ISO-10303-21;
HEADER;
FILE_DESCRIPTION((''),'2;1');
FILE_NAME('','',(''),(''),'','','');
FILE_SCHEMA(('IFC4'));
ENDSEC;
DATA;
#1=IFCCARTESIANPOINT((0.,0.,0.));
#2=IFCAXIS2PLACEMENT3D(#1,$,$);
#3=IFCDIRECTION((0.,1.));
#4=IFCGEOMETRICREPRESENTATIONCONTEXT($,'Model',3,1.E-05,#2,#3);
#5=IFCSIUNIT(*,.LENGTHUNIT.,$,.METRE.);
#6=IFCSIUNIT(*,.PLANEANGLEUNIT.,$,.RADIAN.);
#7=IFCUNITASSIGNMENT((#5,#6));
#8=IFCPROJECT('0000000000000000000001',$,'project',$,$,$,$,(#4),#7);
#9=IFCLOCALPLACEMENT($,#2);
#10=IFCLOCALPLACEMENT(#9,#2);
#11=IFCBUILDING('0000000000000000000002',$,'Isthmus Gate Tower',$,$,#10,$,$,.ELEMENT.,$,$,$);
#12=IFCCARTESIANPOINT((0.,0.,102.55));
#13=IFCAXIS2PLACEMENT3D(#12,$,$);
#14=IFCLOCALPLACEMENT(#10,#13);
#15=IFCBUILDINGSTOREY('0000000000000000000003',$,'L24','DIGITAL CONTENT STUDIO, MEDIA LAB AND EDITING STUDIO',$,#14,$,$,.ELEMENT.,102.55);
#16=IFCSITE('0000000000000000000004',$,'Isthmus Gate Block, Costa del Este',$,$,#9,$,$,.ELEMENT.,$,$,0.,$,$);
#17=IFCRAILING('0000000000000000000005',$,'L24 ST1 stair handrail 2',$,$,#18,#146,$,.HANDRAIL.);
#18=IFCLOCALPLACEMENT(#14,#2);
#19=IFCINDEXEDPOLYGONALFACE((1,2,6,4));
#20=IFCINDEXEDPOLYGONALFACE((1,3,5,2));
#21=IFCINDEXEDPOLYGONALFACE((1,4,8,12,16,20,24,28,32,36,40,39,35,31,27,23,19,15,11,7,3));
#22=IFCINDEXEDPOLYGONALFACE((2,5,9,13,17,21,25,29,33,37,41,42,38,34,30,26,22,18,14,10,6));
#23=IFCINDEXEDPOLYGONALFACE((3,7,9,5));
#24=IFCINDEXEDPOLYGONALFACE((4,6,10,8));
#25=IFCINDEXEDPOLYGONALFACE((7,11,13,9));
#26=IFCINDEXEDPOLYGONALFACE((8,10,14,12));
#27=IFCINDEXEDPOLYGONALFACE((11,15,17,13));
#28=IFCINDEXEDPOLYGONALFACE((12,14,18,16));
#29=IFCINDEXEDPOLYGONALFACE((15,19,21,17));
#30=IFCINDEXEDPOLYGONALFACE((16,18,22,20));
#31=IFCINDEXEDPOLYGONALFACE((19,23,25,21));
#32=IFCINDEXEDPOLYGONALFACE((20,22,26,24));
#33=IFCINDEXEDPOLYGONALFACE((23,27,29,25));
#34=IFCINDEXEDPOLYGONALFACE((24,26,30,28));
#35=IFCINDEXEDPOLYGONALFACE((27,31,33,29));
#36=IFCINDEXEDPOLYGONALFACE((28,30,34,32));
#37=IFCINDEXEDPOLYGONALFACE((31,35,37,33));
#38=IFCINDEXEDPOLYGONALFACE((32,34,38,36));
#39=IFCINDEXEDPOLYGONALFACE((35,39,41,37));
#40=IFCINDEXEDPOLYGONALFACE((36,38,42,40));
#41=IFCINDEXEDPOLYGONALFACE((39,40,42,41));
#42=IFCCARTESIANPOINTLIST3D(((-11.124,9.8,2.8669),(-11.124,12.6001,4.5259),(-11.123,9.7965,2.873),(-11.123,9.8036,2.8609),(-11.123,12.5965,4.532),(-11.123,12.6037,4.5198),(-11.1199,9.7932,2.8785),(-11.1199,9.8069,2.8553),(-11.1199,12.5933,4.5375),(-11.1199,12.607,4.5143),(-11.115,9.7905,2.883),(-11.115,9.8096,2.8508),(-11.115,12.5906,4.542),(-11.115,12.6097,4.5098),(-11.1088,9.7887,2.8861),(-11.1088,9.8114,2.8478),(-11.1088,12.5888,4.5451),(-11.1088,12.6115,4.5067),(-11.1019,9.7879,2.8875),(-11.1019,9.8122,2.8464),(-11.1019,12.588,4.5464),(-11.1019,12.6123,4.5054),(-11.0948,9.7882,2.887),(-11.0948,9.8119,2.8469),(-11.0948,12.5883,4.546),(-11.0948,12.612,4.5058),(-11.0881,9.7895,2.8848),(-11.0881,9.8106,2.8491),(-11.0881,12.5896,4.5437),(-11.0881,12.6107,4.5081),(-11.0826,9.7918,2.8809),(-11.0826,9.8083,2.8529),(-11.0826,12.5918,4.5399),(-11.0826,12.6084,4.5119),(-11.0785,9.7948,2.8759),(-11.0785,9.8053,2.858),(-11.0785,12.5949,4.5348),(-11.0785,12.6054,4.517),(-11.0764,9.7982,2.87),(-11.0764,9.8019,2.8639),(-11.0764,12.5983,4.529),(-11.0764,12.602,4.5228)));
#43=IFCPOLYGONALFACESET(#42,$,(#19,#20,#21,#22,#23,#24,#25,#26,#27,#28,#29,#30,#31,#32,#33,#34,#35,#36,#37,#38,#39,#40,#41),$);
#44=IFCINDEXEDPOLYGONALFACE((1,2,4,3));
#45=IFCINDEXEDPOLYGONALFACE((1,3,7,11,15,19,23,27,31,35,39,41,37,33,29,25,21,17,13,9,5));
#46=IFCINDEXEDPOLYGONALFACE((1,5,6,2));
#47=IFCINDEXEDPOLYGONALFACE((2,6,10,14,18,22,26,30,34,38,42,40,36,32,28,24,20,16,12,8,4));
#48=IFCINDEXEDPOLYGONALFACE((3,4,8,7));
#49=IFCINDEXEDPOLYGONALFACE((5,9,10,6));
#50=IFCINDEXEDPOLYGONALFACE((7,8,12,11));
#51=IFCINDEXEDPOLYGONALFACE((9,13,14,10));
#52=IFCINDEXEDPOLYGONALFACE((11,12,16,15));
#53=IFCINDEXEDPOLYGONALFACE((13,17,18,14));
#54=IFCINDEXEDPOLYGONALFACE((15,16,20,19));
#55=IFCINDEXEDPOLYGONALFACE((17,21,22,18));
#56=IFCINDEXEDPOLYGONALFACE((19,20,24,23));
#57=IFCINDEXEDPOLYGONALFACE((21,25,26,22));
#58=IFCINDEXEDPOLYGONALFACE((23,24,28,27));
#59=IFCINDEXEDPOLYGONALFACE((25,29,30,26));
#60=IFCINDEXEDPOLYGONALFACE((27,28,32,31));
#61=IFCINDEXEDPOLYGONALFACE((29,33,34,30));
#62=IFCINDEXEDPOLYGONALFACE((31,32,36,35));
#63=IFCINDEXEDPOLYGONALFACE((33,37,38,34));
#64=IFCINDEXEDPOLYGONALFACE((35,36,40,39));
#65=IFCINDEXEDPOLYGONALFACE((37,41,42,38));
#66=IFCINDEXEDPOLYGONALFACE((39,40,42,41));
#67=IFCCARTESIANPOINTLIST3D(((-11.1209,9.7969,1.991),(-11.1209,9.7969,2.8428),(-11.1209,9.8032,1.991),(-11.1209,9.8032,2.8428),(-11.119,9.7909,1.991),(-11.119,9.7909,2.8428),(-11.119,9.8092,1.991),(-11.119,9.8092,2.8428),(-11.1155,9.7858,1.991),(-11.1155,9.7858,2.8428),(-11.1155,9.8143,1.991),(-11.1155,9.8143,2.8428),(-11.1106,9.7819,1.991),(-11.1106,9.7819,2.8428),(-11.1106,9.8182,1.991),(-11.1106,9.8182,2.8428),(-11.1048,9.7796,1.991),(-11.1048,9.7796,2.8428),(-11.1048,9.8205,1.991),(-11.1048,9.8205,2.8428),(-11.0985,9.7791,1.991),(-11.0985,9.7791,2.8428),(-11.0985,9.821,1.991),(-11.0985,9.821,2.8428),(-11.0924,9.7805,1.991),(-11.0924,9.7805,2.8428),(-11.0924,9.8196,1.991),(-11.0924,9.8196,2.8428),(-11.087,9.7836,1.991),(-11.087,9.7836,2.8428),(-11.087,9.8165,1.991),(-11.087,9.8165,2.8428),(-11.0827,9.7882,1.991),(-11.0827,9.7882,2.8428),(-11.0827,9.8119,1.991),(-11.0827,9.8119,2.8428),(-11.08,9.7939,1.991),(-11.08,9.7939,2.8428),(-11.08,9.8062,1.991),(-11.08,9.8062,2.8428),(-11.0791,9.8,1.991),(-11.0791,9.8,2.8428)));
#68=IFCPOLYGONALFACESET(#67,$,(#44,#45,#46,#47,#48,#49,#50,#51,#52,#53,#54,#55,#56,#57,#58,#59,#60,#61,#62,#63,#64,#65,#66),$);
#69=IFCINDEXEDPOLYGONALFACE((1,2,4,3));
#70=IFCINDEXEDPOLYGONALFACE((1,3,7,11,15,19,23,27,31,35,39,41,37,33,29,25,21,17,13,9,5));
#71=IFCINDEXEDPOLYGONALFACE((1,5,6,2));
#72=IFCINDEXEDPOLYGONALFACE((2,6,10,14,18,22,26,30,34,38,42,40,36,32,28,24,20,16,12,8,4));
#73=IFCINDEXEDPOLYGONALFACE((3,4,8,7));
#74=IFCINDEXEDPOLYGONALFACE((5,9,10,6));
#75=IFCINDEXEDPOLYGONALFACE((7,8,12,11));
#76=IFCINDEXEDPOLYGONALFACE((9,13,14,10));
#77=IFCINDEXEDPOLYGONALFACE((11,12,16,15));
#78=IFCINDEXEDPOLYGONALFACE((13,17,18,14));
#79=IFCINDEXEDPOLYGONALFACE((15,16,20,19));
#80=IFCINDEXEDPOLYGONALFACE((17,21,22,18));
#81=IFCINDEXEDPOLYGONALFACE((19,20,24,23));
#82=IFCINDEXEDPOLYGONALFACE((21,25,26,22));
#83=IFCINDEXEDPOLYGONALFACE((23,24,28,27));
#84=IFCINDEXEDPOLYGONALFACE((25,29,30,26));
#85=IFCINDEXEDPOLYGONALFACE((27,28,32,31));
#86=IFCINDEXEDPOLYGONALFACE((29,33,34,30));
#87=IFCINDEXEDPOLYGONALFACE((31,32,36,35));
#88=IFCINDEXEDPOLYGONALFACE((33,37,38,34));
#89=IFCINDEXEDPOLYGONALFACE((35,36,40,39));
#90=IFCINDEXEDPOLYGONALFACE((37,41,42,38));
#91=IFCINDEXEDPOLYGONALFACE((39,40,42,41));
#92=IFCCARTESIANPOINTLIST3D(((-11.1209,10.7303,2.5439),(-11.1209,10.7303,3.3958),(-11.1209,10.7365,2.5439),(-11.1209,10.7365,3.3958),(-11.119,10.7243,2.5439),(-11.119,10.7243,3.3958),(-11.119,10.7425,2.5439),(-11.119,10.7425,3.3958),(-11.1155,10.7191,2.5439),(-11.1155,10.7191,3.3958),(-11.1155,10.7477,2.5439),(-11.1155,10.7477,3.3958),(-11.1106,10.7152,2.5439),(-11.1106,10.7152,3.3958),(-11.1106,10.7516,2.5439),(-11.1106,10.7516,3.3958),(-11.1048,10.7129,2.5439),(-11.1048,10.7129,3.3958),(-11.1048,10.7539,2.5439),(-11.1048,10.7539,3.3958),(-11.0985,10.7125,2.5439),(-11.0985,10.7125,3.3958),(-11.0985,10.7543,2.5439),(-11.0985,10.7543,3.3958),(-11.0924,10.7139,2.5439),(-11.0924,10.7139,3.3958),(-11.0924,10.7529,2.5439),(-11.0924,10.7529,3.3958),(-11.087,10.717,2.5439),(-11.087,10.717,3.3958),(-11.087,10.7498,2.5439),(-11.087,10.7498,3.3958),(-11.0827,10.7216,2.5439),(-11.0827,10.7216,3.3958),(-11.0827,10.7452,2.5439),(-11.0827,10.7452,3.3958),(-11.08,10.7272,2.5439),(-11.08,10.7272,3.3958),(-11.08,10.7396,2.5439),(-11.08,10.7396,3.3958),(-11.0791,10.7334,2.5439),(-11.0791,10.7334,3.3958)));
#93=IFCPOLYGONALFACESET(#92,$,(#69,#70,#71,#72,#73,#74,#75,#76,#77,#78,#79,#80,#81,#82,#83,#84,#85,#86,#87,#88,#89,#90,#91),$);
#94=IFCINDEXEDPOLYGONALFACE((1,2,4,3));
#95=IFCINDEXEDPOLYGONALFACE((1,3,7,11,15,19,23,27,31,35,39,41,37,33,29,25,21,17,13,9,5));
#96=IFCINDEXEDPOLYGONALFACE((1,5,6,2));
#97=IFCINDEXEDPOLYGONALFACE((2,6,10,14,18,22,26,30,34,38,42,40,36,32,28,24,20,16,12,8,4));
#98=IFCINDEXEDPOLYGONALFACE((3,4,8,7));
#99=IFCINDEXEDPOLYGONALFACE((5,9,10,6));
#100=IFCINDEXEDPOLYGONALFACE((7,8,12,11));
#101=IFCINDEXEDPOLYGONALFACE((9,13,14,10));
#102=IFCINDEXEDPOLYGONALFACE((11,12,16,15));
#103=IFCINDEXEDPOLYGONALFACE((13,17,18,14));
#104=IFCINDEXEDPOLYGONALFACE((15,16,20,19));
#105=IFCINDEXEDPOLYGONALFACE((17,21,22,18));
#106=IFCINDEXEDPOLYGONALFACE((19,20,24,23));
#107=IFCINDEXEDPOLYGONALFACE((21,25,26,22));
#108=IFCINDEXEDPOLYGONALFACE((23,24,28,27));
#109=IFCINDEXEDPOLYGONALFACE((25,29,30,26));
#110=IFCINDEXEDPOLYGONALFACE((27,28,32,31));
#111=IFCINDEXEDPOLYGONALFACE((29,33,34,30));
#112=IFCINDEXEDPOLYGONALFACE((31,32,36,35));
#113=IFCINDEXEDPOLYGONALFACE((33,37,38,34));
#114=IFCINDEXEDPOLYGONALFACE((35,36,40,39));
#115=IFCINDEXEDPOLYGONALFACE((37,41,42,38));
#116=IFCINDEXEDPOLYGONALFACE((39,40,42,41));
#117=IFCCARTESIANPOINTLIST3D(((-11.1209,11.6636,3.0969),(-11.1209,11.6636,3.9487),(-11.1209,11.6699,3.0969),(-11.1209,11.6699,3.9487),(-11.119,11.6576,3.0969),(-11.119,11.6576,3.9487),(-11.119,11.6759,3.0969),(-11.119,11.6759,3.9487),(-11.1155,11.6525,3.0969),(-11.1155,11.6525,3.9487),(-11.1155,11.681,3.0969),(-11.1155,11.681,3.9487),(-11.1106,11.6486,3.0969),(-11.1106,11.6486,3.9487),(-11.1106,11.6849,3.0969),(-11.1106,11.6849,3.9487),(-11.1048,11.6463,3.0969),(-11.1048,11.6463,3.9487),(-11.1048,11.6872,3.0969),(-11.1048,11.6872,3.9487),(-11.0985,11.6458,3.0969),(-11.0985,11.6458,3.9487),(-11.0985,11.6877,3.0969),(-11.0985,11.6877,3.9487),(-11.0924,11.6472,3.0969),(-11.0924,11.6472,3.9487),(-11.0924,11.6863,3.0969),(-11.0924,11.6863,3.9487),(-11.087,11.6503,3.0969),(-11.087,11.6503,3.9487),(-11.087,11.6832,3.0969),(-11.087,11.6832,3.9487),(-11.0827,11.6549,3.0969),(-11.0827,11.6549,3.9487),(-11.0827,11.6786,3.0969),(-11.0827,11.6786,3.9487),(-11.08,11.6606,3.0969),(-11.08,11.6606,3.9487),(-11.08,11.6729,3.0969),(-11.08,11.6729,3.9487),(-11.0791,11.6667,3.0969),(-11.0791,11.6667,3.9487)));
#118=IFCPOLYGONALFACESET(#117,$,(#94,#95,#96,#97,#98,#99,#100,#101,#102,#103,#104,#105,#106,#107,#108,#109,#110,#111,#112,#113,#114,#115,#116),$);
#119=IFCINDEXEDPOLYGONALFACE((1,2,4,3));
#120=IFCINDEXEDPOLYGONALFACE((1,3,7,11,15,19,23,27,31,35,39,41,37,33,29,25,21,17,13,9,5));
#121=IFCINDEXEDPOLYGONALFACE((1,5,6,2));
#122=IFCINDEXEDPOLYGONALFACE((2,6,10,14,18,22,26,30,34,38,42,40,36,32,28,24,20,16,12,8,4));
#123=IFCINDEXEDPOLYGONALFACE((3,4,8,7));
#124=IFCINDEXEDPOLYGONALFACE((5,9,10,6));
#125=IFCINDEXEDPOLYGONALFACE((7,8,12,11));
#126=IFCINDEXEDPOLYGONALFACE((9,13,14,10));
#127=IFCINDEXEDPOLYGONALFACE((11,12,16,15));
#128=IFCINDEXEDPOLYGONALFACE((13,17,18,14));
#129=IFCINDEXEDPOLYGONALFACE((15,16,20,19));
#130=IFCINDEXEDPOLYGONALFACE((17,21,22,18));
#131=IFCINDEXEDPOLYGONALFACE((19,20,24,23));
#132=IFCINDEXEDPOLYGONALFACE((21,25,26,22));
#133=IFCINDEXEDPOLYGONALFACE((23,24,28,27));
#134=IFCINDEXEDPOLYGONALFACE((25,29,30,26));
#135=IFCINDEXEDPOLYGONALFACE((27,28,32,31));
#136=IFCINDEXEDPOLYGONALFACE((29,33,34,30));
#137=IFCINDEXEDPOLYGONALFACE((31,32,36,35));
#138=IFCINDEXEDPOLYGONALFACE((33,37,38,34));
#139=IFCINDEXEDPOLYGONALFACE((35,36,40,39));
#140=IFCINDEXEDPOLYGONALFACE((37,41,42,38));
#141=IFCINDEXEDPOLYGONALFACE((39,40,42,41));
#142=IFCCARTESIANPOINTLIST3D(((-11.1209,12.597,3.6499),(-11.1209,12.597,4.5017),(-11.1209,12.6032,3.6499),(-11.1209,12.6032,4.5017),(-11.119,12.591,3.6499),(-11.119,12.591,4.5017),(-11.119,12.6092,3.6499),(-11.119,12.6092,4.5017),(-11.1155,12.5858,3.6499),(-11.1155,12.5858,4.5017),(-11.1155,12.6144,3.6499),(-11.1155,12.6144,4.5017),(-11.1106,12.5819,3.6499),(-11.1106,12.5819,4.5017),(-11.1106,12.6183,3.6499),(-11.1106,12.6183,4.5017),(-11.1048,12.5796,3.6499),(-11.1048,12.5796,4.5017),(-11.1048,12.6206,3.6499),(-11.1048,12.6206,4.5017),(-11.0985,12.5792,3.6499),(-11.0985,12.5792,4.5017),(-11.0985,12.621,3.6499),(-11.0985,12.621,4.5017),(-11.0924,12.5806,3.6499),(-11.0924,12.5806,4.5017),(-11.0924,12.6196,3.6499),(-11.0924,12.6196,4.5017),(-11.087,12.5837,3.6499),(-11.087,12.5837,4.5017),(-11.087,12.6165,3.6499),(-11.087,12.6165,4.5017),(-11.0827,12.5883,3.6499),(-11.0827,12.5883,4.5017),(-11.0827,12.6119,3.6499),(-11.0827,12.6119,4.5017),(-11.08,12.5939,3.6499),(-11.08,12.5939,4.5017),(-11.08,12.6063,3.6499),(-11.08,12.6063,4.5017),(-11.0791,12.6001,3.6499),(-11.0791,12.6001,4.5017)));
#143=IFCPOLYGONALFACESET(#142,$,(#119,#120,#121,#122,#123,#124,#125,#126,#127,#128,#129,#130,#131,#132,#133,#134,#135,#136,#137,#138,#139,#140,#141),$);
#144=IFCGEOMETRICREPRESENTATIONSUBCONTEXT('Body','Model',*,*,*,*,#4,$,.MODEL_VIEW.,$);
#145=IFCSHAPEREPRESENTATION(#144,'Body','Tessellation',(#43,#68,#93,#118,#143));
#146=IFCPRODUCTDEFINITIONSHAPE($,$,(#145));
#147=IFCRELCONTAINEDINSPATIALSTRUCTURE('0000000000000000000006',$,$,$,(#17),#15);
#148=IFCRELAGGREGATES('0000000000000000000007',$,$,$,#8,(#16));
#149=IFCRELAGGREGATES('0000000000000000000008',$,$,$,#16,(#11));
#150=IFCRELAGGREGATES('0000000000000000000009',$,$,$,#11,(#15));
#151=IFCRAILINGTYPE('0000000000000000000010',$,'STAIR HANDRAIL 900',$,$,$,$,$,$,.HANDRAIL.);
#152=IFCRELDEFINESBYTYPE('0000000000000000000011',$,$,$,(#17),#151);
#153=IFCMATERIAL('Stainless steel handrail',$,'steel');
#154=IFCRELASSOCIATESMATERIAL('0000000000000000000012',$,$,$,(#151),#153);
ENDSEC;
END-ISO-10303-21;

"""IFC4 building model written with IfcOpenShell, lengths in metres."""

from ifc_helpers import new_model, si_unit, direction, frame, origin, origin_2d, place, context, subcontext, project, spatial, circle, extrude, material, type_object, element, save


model = new_model("IFC4")

# Units and contexts
model_context = context("Model", 3, precision=1e-05, world=origin(), true_north=direction((0.0, 1.0)))
body_context = subcontext(model_context, "Body", "Model", "MODEL_VIEW")
ifc_project = project(units=[si_unit("LENGTHUNIT", "METRE"), si_unit("PLANEANGLEUNIT", "RADIAN")], contexts=[model_context])

# Site, building, storey
site_placement = place(None, origin())
site = spatial("IfcSite", under=ifc_project, at=site_placement, Name="Isthmus Gate Block, Costa del Este", CompositionType="ELEMENT", RefElevation=0.0)
building_placement = place(site_placement, origin())
building = spatial("IfcBuilding", under=site, at=building_placement, Name="Isthmus Gate Tower", CompositionType="ELEMENT")
storey_placement = place(building_placement, frame((0.0, 0.0, 102.55)))
storey = spatial("IfcBuildingStorey", under=building, at=storey_placement, Name="L24", Description="DIGITAL CONTENT STUDIO, MEDIA LAB AND EDITING STUDIO", CompositionType="ELEMENT", Elevation=102.55)

# Railing
ifc_material_1 = material(Name="Stainless steel handrail", Category="steel")
railing_type_1 = type_object("IfcRailingType", Name="STAIR HANDRAIL 900", PredefinedType="HANDRAIL", material=ifc_material_1)
railing_1_placement = place(storey_placement, frame((-11.1001, 9.8, 1.991)))
element("IfcRailing", 1, at=railing_1_placement, inside=storey, type_object=railing_type_1, Name="L24 ST1 stair handrail 2", PredefinedType="HANDRAIL", context=body_context, shape_type="SweptSolid", body=[
    extrude(circle(Radius=0.0239, at=origin_2d()), frame((0.0, 0.0, 0.876), z_axis=(0.0, 0.860339, 0.509722), x_axis=(-1.0, 0.0, 0.0)), (0.0, 0.0, 1.0), 3.2546),
    extrude(circle(Radius=0.021, at=origin_2d()), origin(), (0.0, 0.0, 1.0), 0.8518),
    extrude(circle(Radius=0.021, at=origin_2d()), frame((0.0, 0.9333, 0.553)), (0.0, 0.0, 1.0), 0.8518),
    extrude(circle(Radius=0.021, at=origin_2d()), frame((0.0, 1.8667, 1.106)), (0.0, 0.0, 1.0), 0.8518),
    extrude(circle(Radius=0.021, at=origin_2d()), frame((0.0, 2.8, 1.6589)), (0.0, 0.0, 1.0), 0.8518),
])

save(model, "model.ifc")
